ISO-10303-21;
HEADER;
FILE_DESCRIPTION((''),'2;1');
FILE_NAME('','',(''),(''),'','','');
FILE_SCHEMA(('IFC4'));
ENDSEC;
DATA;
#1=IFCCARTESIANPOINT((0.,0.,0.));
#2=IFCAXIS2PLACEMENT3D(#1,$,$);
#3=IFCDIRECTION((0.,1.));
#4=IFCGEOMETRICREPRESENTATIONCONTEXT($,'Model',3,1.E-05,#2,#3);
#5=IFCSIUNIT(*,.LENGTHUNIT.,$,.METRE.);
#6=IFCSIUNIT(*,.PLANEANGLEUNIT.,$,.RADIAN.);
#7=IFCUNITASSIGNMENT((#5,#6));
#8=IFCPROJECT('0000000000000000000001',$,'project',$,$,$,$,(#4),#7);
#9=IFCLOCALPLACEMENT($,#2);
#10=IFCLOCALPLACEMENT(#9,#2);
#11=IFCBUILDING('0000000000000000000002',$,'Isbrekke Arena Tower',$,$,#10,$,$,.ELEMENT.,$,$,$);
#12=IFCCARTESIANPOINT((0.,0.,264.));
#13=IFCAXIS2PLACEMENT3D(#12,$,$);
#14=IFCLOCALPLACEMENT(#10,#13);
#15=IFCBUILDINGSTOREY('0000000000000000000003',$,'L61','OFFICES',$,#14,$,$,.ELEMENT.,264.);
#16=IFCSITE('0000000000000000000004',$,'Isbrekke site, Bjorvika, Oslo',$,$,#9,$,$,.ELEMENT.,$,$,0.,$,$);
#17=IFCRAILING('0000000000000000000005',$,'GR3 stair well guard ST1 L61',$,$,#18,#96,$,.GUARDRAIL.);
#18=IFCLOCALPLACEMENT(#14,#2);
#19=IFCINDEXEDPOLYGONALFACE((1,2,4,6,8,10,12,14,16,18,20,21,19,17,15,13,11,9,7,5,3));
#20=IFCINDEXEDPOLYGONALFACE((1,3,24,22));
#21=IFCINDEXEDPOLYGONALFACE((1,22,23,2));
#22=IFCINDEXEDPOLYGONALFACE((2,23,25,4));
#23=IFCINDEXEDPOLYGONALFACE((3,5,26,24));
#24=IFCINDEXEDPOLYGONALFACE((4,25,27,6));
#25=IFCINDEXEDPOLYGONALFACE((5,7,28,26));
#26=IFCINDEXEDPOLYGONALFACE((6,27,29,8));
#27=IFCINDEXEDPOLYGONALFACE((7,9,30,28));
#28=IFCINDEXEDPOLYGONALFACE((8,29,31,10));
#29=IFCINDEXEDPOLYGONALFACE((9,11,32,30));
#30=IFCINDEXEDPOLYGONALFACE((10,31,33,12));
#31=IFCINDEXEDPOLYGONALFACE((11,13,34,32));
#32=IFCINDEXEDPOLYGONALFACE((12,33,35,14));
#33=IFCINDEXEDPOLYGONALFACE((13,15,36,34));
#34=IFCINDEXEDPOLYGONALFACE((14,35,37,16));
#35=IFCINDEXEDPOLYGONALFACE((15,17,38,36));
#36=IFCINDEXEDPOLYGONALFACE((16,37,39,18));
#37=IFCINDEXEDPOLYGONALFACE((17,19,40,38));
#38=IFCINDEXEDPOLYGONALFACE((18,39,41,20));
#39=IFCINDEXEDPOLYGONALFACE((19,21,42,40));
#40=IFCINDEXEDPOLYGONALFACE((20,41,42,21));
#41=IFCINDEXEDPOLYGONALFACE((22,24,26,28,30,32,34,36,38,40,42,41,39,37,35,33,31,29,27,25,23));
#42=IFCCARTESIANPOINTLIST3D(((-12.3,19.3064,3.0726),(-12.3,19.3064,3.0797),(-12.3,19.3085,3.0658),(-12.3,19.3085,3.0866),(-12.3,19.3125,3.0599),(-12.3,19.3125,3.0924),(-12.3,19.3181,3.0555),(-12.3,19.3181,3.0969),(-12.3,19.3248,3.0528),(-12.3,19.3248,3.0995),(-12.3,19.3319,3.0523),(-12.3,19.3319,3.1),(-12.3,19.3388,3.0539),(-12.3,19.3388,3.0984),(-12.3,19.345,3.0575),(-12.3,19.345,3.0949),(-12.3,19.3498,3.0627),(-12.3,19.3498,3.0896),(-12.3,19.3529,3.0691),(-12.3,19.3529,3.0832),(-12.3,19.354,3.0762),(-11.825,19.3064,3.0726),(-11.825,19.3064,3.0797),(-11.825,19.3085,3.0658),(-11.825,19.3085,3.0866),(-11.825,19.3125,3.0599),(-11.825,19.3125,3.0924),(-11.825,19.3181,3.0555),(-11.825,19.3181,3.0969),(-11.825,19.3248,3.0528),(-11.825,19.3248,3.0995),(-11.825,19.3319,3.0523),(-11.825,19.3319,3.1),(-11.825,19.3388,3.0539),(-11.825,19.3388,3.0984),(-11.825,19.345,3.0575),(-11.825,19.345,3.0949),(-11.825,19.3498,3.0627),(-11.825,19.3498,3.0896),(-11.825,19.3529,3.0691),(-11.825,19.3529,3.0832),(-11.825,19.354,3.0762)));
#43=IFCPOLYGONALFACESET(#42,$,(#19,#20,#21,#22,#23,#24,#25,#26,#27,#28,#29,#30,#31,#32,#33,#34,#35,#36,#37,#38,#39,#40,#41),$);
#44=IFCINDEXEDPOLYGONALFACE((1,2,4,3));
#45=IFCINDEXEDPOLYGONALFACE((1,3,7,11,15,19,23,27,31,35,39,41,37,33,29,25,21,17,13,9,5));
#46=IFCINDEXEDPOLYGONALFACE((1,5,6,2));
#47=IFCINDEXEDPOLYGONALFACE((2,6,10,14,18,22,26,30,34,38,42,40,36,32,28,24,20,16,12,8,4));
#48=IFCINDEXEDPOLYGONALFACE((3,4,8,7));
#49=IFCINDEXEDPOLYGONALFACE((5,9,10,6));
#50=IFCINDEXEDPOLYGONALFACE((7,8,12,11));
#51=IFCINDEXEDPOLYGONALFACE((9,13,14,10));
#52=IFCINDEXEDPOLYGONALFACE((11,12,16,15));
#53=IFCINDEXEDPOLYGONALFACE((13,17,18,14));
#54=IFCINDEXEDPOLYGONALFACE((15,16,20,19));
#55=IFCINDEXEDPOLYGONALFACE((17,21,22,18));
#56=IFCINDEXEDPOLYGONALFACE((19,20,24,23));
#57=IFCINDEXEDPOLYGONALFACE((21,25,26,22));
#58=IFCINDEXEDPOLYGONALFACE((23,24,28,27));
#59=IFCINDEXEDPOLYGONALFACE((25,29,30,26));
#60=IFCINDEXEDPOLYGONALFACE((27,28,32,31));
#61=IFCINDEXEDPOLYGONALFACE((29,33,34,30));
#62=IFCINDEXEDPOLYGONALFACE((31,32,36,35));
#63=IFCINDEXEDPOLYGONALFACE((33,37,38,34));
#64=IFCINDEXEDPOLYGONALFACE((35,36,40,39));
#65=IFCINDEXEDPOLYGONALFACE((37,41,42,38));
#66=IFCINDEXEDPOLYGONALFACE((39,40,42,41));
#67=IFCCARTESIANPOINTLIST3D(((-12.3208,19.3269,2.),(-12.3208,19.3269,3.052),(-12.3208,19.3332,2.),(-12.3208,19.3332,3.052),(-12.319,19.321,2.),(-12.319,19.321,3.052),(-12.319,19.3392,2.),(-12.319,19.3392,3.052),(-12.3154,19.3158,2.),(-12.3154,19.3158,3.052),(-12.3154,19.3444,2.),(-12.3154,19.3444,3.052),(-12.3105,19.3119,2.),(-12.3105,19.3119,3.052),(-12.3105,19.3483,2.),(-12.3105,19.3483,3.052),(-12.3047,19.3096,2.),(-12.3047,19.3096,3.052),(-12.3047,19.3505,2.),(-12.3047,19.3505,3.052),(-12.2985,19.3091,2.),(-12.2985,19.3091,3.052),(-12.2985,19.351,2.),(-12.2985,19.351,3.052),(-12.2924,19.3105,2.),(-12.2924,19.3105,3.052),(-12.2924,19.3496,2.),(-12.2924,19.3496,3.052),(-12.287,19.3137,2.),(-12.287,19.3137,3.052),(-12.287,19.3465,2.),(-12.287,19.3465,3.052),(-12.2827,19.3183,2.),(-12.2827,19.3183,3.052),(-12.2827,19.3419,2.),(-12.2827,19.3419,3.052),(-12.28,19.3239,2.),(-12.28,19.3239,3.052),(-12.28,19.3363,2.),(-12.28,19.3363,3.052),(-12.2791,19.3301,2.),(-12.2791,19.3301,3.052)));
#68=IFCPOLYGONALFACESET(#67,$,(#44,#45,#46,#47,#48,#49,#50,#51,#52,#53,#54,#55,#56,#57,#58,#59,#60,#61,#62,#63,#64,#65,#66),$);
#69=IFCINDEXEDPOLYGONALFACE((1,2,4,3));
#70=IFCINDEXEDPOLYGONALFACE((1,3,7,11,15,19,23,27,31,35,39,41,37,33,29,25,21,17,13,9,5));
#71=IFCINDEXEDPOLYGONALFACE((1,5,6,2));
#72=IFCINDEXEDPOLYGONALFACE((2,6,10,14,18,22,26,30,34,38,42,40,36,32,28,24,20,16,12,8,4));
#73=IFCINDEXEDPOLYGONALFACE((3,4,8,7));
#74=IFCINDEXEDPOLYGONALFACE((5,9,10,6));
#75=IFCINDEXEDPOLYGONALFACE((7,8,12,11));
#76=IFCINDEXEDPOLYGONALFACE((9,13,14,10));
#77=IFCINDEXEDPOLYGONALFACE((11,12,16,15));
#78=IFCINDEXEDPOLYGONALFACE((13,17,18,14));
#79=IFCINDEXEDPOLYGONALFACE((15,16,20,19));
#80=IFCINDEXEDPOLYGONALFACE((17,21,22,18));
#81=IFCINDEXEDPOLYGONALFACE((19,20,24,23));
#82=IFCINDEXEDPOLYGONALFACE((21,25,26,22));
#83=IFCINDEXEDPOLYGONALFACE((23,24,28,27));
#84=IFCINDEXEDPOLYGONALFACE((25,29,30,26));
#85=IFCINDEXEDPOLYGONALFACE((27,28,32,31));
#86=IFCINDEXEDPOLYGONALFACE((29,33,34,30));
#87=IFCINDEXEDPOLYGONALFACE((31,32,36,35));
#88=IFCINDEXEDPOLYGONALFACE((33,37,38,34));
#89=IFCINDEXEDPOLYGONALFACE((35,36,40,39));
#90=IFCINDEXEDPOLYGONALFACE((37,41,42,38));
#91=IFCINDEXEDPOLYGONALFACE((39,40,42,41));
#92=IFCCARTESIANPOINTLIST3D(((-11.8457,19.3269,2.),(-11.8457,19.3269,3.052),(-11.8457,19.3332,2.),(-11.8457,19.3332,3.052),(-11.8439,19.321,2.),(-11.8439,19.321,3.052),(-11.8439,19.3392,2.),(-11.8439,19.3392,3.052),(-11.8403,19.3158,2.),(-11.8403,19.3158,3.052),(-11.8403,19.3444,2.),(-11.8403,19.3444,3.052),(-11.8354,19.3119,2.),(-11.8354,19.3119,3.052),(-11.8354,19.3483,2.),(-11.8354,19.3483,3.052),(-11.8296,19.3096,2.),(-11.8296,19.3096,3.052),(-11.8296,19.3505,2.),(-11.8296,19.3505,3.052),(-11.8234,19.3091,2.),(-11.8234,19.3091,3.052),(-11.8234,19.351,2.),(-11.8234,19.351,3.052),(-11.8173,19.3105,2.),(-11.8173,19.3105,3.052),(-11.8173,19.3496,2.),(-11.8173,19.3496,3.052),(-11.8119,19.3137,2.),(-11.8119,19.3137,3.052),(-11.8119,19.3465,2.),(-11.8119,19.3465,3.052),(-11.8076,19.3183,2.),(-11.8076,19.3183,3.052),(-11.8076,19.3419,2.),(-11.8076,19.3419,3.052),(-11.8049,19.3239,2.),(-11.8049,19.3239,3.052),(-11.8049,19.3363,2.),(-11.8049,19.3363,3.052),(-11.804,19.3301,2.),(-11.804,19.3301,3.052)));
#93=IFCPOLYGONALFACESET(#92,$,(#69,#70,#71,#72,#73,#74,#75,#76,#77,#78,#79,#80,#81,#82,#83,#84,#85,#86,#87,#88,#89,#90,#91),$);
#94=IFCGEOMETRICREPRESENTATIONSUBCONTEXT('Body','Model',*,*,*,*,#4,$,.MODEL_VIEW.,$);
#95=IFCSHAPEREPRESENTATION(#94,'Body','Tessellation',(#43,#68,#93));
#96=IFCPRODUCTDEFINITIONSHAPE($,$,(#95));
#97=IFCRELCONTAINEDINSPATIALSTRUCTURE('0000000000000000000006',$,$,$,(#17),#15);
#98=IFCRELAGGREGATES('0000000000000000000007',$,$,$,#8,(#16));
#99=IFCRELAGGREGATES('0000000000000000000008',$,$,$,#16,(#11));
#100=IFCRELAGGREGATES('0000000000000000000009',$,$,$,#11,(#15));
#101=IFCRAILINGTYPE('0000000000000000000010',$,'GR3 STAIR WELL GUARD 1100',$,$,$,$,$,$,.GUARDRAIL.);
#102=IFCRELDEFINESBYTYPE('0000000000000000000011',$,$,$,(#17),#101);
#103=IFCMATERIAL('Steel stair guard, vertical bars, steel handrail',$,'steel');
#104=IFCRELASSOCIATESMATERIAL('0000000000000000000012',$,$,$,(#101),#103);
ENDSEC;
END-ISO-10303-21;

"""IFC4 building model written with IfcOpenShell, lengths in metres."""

from ifc_helpers import new_model, si_unit, direction, frame, origin, origin_2d, place, context, subcontext, project, spatial, circle, extrude, material, type_object, element, save


model = new_model("IFC4")

# Units and contexts
model_context = context("Model", 3, precision=1e-05, world=origin(), true_north=direction((0.0, 1.0)))
body_context = subcontext(model_context, "Body", "Model", "MODEL_VIEW")
ifc_project = project(units=[si_unit("LENGTHUNIT", "METRE"), si_unit("PLANEANGLEUNIT", "RADIAN")], contexts=[model_context])

# Site, building, storey
site_placement = place(None, origin())
site = spatial("IfcSite", under=ifc_project, at=site_placement, Name="Isbrekke site, Bjorvika, Oslo", CompositionType="ELEMENT", RefElevation=0.0)
building_placement = place(site_placement, origin())
building = spatial("IfcBuilding", under=site, at=building_placement, Name="Isbrekke Arena Tower", CompositionType="ELEMENT")
storey_placement = place(building_placement, frame((0.0, 0.0, 264.0)))
storey = spatial("IfcBuildingStorey", under=building, at=storey_placement, Name="L61", Description="OFFICES", CompositionType="ELEMENT", Elevation=264.0)

# Railing
ifc_material_1 = material(Name="Steel stair guard, vertical bars, steel handrail", Category="steel")
railing_type = type_object("IfcRailingType", Name="GR3 STAIR WELL GUARD 1100", PredefinedType="GUARDRAIL", material=ifc_material_1)
for number, where, name in (
    (1, (-12.3, 19.3301, 2.0), "GR3 stair well guard ST1 L61"),
):
    element("IfcRailing", number, at=place(storey_placement, frame(where)), inside=storey, type_object=railing_type, Name=name, PredefinedType="GUARDRAIL", context=body_context, shape_type="SweptSolid", body=[
        extrude(circle(Radius=0.0239, at=origin_2d()), frame((0.0, 0.0, 1.0762), z_axis=(1.0, 0.0, 0.0), x_axis=(0.0, 1.0, 0.0)), (0.0, 0.0, 1.0), 0.4751),
        extrude(circle(Radius=0.021, at=origin_2d()), origin(), (0.0, 0.0, 1.0), 1.052),
        extrude(circle(Radius=0.021, at=origin_2d()), frame((0.4751, 0.0, 0.0)), (0.0, 0.0, 1.0), 1.052),
    ])

save(model, "model.ifc")
